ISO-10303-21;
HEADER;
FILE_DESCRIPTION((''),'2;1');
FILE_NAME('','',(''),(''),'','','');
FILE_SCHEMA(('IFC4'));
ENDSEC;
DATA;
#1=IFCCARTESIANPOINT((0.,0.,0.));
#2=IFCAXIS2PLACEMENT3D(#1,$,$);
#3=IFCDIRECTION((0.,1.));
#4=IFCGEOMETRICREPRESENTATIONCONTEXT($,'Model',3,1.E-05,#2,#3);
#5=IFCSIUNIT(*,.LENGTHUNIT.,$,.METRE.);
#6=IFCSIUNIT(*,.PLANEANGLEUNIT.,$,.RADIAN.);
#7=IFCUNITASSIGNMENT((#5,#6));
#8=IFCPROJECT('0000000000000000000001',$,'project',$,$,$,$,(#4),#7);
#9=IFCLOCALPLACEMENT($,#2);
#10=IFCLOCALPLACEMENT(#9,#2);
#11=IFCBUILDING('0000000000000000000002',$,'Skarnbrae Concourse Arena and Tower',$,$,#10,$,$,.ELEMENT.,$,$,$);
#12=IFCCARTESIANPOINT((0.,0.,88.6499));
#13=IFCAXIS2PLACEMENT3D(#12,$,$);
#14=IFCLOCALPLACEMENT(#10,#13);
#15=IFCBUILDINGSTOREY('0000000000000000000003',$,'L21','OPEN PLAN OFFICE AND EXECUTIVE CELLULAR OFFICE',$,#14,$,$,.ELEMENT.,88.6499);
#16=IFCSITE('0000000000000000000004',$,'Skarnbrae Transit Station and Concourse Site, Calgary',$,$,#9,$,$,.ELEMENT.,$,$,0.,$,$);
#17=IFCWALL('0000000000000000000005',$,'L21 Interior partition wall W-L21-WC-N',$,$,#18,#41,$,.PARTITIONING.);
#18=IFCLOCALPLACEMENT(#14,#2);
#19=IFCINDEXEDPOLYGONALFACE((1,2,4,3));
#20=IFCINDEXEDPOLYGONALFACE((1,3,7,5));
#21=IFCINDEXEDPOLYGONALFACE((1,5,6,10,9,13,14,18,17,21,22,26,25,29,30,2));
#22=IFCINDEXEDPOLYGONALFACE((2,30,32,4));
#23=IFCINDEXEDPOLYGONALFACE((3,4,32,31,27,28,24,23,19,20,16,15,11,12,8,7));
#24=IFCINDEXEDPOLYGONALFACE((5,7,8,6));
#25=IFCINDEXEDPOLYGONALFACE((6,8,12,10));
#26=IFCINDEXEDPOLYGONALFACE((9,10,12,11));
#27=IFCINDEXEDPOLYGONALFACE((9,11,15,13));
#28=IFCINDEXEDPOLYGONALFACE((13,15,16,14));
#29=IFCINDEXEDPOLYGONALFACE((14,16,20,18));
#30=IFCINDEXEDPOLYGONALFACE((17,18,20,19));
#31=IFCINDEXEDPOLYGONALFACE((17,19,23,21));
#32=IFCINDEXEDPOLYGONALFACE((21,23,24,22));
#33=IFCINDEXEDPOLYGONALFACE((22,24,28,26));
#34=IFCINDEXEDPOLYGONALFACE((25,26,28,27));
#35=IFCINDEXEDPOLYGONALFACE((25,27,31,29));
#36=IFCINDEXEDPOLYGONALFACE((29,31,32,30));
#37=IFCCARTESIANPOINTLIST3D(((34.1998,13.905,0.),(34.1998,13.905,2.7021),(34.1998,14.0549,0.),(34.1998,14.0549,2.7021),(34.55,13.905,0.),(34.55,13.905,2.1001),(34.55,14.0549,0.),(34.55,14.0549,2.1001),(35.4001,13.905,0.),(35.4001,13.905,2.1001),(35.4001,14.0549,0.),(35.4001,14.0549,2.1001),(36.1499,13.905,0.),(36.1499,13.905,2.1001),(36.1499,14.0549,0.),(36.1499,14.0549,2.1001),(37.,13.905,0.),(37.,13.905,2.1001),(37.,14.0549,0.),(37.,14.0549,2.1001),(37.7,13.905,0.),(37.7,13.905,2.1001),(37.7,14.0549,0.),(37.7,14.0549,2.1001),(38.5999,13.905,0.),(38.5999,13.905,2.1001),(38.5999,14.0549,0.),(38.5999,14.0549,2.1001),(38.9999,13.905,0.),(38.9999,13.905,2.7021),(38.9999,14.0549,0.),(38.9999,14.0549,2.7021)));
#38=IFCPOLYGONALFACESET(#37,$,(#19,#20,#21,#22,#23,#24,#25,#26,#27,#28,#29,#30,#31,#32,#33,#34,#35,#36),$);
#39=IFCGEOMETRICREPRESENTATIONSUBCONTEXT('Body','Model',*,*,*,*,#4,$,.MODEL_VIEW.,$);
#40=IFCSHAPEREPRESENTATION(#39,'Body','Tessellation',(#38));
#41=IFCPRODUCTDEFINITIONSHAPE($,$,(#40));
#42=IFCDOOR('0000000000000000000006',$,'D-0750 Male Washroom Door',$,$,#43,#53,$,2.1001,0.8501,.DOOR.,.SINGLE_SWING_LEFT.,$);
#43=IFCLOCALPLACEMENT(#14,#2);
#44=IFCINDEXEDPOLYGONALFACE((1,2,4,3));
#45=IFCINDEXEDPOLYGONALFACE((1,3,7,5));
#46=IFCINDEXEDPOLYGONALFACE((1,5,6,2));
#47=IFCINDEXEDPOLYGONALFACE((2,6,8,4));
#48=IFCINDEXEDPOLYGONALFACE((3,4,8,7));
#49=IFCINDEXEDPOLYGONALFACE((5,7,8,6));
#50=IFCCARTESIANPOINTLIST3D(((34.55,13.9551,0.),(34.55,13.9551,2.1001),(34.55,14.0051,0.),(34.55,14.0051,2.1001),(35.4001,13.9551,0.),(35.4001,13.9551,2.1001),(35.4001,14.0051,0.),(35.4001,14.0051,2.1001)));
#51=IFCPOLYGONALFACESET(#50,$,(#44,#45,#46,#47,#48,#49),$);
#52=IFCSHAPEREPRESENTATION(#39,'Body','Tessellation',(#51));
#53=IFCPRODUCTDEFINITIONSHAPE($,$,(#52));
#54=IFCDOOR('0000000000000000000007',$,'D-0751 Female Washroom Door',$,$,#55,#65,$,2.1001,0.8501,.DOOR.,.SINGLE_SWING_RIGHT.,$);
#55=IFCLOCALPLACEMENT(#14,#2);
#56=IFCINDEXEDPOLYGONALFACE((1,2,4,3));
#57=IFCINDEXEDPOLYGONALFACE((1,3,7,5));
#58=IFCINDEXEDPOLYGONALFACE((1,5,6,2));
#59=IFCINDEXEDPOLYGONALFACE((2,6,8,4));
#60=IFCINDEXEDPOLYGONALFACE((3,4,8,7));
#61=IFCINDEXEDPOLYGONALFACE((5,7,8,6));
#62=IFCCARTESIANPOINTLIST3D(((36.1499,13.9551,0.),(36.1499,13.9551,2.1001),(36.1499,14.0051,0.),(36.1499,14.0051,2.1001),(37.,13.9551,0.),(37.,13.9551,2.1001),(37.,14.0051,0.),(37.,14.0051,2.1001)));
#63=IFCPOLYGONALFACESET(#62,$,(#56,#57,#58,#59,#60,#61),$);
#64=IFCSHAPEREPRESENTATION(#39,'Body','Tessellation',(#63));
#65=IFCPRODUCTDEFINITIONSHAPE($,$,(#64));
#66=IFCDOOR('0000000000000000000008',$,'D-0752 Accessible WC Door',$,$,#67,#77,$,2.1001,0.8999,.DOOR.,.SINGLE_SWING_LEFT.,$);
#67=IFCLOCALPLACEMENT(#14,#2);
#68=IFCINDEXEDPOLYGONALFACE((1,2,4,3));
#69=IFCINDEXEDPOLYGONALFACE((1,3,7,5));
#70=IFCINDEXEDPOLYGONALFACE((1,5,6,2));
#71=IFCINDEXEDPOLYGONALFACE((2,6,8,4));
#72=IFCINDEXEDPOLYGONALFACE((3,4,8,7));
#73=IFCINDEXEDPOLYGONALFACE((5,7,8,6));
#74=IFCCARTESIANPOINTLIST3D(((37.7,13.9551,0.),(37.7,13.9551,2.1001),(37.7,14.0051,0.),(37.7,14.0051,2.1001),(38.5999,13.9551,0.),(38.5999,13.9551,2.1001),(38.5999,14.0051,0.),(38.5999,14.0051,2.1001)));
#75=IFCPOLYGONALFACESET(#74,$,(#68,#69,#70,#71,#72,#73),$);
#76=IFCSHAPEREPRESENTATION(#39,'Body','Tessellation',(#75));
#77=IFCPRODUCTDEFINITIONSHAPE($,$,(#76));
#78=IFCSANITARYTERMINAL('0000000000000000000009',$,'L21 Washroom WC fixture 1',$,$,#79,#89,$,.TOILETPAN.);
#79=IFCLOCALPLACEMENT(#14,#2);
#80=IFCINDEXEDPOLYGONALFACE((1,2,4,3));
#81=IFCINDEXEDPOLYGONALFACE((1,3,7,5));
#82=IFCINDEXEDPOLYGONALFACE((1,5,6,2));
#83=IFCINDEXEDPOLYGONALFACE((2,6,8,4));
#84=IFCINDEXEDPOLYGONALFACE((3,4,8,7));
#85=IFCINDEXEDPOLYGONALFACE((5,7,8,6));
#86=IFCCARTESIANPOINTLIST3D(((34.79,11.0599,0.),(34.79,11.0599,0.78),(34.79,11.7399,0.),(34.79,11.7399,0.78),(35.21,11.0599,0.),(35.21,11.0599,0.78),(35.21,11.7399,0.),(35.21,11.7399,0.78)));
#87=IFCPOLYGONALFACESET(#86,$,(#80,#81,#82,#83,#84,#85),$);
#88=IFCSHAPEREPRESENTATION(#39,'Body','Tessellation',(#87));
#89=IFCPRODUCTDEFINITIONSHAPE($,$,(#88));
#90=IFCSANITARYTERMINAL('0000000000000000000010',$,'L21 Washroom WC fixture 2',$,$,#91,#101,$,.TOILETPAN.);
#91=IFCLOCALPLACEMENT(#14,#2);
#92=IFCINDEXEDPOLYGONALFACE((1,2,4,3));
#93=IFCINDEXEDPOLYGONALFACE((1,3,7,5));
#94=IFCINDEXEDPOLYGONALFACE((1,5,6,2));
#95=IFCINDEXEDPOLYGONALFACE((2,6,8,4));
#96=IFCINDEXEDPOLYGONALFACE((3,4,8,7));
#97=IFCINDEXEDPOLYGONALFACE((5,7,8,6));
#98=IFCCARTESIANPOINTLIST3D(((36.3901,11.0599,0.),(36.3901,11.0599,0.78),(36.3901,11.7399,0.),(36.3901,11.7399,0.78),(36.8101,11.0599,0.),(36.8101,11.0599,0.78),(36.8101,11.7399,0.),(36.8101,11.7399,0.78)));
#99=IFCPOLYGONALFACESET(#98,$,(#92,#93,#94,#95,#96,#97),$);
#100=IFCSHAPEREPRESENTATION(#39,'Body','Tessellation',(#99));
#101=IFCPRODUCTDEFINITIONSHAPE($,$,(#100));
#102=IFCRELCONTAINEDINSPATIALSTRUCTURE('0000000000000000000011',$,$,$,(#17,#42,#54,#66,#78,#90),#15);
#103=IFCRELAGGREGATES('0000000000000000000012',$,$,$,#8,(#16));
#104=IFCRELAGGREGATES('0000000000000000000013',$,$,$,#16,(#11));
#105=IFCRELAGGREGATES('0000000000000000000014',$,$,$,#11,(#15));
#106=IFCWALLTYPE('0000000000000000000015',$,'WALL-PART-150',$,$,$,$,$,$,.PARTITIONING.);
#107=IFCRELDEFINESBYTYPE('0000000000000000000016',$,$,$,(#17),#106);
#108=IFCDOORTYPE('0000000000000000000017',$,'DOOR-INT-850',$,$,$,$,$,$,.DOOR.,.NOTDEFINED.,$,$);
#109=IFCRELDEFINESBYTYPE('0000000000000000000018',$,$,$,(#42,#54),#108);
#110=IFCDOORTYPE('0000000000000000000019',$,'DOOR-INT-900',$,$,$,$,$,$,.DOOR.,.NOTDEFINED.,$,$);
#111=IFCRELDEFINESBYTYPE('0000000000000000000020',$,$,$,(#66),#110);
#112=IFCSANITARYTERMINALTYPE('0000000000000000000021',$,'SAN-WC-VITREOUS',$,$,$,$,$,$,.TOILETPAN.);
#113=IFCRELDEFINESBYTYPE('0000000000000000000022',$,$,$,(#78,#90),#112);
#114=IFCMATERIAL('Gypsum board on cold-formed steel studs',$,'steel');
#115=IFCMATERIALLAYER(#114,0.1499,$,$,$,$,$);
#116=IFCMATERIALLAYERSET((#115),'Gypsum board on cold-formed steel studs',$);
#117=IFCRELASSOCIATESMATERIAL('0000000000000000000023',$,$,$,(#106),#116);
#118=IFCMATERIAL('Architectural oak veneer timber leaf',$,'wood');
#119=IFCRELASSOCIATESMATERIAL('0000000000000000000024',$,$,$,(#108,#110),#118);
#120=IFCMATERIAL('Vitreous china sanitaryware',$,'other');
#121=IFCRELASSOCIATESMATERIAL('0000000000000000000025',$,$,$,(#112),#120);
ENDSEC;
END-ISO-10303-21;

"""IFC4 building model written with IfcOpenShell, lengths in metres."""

from ifc_helpers import new_model, si_unit, direction, frame, frame_2d, origin, origin_2d, place, context, subcontext, project, spatial, rectangle, extrude, source, transform, mapped, material, layer, layer_set, type_object, element, fill, save


model = new_model("IFC4")

# Units and contexts
model_context = context("Model", 3, precision=1e-05, world=origin(), true_north=direction((0.0, 1.0)))
body_context = subcontext(model_context, "Body", "Model", "MODEL_VIEW")
ifc_project = project(units=[si_unit("LENGTHUNIT", "METRE"), si_unit("PLANEANGLEUNIT", "RADIAN")], contexts=[model_context])

# Site, building, storey
site_placement = place(None, origin())
site = spatial("IfcSite", under=ifc_project, at=site_placement, Name="Skarnbrae Transit Station and Concourse Site, Calgary", CompositionType="ELEMENT", RefElevation=0.0)
building_placement = place(site_placement, origin())
building = spatial("IfcBuilding", under=site, at=building_placement, Name="Skarnbrae Concourse Arena and Tower", CompositionType="ELEMENT")
storey_placement = place(building_placement, frame((0.0, 0.0, 88.6499)))
storey = spatial("IfcBuildingStorey", under=building, at=storey_placement, Name="L21", Description="OPEN PLAN OFFICE AND EXECUTIVE CELLULAR OFFICE", CompositionType="ELEMENT", Elevation=88.6499)

# Shared definitions
ifc_material_1 = material(Name="Gypsum board on cold-formed steel studs", Category="steel")
ifc_layer_1 = layer(ifc_material_1, 0.1499)
ifc_layer_set_1 = layer_set([ifc_layer_1], Name="Gypsum board on cold-formed steel studs")
wall_type_1 = type_object("IfcWallType", Name="WALL-PART-150", PredefinedType="PARTITIONING", material=ifc_layer_set_1)

# Wall, openings, doors
shared_shape_1 = source(origin(), body_context, "Body", "SweptSolid", [
    extrude(rectangle(XDim=4.8, YDim=0.1499, at=frame_2d((2.3999, 0.0))), origin(), (0.0, 0.0, 1.0), 2.7021),
])
wall_1_placement = place(storey_placement, frame((34.2, 13.98, 0.0), z_axis=(0.0, 0.0, 1.0), x_axis=(1.0, 0.0, 0.0)))
wall_1 = element("IfcWall", 1, at=wall_1_placement, inside=storey, type_object=wall_type_1, Name="L21 Interior partition wall W-L21-WC-N", PredefinedType="PARTITIONING", context=body_context, shape_type="MappedRepresentation", body=[
    mapped(shared_shape_1, transform((0.0, 0.0, 0.0))),
])
opening_1_placement = place(wall_1_placement, frame((0.3501, 0.0, 0.0)))
opening_1 = element("IfcOpeningElement", 2, at=opening_1_placement, cuts=wall_1, PredefinedType="OPENING", context=body_context, shape_type="SweptSolid", body=[
    extrude(rectangle(XDim=0.8501, YDim=2.1001, at=frame_2d((0.425, 1.05))), frame((0.0, 0.085, 0.0), z_axis=(0.0, -1.0, 0.0), x_axis=(1.0, 0.0, 0.0)), (0.0, 0.0, 1.0), 0.1699),
])
opening_2_placement = place(wall_1_placement, frame((1.95, 0.0, 0.0)))
opening_2 = element("IfcOpeningElement", 3, at=opening_2_placement, cuts=wall_1, PredefinedType="OPENING", context=body_context, shape_type="SweptSolid", body=[
    extrude(rectangle(XDim=0.8501, YDim=2.1001, at=frame_2d((0.425, 1.05))), frame((0.0, 0.085, 0.0), z_axis=(0.0, -1.0, 0.0), x_axis=(1.0, 0.0, 0.0)), (0.0, 0.0, 1.0), 0.1699),
])
opening_3_placement = place(wall_1_placement, frame((3.5, 0.0, 0.0)))
opening_3 = element("IfcOpeningElement", 4, at=opening_3_placement, cuts=wall_1, PredefinedType="OPENING", context=body_context, shape_type="SweptSolid", body=[
    extrude(rectangle(XDim=0.8999, YDim=2.1001, at=frame_2d((0.45, 1.05))), frame((0.0, 0.085, 0.0), z_axis=(0.0, -1.0, 0.0), x_axis=(1.0, 0.0, 0.0)), (0.0, 0.0, 1.0), 0.1699),
])
ifc_material_2 = material(Name="Architectural oak veneer timber leaf", Category="wood")
door_type_1 = type_object("IfcDoorType", Name="DOOR-INT-850", OperationType="NOTDEFINED", PredefinedType="DOOR", material=ifc_material_2)
shared_shape_2 = source(origin(), body_context, "Body", "SweptSolid", [
    extrude(rectangle(XDim=0.8501, YDim=2.1001, at=frame_2d((0.425, 1.05))), frame((0.0, 0.0249, 0.0), z_axis=(0.0, -1.0, 0.0), x_axis=(1.0, 0.0, 0.0)), (0.0, 0.0, 1.0), 0.05),
])
door_1_placement = place(opening_1_placement, frame((0.8501, 0.0, 0.0), z_axis=(0.0, 0.0, 1.0), x_axis=(-1.0, 0.0, 0.0)))
door_1 = element("IfcDoor", 5, at=door_1_placement, inside=storey, type_object=door_type_1, Name="D-0750 Male Washroom Door", OperationType="SINGLE_SWING_LEFT", OverallHeight=2.1001, OverallWidth=0.8501, PredefinedType="DOOR", context=body_context, shape_type="MappedRepresentation", body=[
    mapped(shared_shape_2, transform((0.0, 0.0, 0.0))),
])
fill(opening_1, door_1)
door_2_placement = place(opening_2_placement, frame((0.8501, 0.0, 0.0), z_axis=(0.0, 0.0, 1.0), x_axis=(-1.0, 0.0, 0.0)))
door_2 = element("IfcDoor", 6, at=door_2_placement, inside=storey, type_object=door_type_1, Name="D-0751 Female Washroom Door", OperationType="SINGLE_SWING_RIGHT", OverallHeight=2.1001, OverallWidth=0.8501, PredefinedType="DOOR", context=body_context, shape_type="MappedRepresentation", body=[
    mapped(shared_shape_2, transform((0.0, 0.0, 0.0))),
])
fill(opening_2, door_2)
door_type_2 = type_object("IfcDoorType", Name="DOOR-INT-900", OperationType="NOTDEFINED", PredefinedType="DOOR", material=ifc_material_2)
shared_shape_3 = source(origin(), body_context, "Body", "SweptSolid", [
    extrude(rectangle(XDim=0.8999, YDim=2.1001, at=frame_2d((0.45, 1.05))), frame((0.0, 0.0249, 0.0), z_axis=(0.0, -1.0, 0.0), x_axis=(1.0, 0.0, 0.0)), (0.0, 0.0, 1.0), 0.05),
])
door_3_placement = place(opening_3_placement, frame((0.8999, 0.0, 0.0), z_axis=(0.0, 0.0, 1.0), x_axis=(-1.0, 0.0, 0.0)))
door_3 = element("IfcDoor", 7, at=door_3_placement, inside=storey, type_object=door_type_2, Name="D-0752 Accessible WC Door", OperationType="SINGLE_SWING_LEFT", OverallHeight=2.1001, OverallWidth=0.8999, PredefinedType="DOOR", context=body_context, shape_type="MappedRepresentation", body=[
    mapped(shared_shape_3, transform((0.0, 0.0, 0.0))),
])
fill(opening_3, door_3)

# Sanitary terminals
ifc_material_3 = material(Name="Vitreous china sanitaryware", Category="other")
sanitary_terminal_type = type_object("IfcSanitaryTerminalType", Name="SAN-WC-VITREOUS", PredefinedType="TOILETPAN", material=ifc_material_3)
shared_shape_4 = source(origin(), body_context, "Body", "SweptSolid", [
    extrude(rectangle(XDim=0.4199, YDim=0.6799, at=origin_2d()), origin(), (0.0, 0.0, 1.0), 0.78),
])
for number, where, z_axis, x_axis, name in (
    (8, (35.0, 11.3999, 0.0), (0.0, 0.0, 1.0), (1.0, 0.0, 0.0), "L21 Washroom WC fixture 1"),
    (9, (36.6001, 11.3999, 0.0), (0.0, 0.0, 1.0), (1.0, 0.0, 0.0), "L21 Washroom WC fixture 2"),
):
    element("IfcSanitaryTerminal", number, at=place(storey_placement, frame(where, z_axis=z_axis, x_axis=x_axis)), inside=storey, type_object=sanitary_terminal_type, Name=name, PredefinedType="TOILETPAN", context=body_context, shape_type="MappedRepresentation", body=[
        mapped(shared_shape_4, transform((0.0, 0.0, 0.0))),
    ])

save(model, "model.ifc")
